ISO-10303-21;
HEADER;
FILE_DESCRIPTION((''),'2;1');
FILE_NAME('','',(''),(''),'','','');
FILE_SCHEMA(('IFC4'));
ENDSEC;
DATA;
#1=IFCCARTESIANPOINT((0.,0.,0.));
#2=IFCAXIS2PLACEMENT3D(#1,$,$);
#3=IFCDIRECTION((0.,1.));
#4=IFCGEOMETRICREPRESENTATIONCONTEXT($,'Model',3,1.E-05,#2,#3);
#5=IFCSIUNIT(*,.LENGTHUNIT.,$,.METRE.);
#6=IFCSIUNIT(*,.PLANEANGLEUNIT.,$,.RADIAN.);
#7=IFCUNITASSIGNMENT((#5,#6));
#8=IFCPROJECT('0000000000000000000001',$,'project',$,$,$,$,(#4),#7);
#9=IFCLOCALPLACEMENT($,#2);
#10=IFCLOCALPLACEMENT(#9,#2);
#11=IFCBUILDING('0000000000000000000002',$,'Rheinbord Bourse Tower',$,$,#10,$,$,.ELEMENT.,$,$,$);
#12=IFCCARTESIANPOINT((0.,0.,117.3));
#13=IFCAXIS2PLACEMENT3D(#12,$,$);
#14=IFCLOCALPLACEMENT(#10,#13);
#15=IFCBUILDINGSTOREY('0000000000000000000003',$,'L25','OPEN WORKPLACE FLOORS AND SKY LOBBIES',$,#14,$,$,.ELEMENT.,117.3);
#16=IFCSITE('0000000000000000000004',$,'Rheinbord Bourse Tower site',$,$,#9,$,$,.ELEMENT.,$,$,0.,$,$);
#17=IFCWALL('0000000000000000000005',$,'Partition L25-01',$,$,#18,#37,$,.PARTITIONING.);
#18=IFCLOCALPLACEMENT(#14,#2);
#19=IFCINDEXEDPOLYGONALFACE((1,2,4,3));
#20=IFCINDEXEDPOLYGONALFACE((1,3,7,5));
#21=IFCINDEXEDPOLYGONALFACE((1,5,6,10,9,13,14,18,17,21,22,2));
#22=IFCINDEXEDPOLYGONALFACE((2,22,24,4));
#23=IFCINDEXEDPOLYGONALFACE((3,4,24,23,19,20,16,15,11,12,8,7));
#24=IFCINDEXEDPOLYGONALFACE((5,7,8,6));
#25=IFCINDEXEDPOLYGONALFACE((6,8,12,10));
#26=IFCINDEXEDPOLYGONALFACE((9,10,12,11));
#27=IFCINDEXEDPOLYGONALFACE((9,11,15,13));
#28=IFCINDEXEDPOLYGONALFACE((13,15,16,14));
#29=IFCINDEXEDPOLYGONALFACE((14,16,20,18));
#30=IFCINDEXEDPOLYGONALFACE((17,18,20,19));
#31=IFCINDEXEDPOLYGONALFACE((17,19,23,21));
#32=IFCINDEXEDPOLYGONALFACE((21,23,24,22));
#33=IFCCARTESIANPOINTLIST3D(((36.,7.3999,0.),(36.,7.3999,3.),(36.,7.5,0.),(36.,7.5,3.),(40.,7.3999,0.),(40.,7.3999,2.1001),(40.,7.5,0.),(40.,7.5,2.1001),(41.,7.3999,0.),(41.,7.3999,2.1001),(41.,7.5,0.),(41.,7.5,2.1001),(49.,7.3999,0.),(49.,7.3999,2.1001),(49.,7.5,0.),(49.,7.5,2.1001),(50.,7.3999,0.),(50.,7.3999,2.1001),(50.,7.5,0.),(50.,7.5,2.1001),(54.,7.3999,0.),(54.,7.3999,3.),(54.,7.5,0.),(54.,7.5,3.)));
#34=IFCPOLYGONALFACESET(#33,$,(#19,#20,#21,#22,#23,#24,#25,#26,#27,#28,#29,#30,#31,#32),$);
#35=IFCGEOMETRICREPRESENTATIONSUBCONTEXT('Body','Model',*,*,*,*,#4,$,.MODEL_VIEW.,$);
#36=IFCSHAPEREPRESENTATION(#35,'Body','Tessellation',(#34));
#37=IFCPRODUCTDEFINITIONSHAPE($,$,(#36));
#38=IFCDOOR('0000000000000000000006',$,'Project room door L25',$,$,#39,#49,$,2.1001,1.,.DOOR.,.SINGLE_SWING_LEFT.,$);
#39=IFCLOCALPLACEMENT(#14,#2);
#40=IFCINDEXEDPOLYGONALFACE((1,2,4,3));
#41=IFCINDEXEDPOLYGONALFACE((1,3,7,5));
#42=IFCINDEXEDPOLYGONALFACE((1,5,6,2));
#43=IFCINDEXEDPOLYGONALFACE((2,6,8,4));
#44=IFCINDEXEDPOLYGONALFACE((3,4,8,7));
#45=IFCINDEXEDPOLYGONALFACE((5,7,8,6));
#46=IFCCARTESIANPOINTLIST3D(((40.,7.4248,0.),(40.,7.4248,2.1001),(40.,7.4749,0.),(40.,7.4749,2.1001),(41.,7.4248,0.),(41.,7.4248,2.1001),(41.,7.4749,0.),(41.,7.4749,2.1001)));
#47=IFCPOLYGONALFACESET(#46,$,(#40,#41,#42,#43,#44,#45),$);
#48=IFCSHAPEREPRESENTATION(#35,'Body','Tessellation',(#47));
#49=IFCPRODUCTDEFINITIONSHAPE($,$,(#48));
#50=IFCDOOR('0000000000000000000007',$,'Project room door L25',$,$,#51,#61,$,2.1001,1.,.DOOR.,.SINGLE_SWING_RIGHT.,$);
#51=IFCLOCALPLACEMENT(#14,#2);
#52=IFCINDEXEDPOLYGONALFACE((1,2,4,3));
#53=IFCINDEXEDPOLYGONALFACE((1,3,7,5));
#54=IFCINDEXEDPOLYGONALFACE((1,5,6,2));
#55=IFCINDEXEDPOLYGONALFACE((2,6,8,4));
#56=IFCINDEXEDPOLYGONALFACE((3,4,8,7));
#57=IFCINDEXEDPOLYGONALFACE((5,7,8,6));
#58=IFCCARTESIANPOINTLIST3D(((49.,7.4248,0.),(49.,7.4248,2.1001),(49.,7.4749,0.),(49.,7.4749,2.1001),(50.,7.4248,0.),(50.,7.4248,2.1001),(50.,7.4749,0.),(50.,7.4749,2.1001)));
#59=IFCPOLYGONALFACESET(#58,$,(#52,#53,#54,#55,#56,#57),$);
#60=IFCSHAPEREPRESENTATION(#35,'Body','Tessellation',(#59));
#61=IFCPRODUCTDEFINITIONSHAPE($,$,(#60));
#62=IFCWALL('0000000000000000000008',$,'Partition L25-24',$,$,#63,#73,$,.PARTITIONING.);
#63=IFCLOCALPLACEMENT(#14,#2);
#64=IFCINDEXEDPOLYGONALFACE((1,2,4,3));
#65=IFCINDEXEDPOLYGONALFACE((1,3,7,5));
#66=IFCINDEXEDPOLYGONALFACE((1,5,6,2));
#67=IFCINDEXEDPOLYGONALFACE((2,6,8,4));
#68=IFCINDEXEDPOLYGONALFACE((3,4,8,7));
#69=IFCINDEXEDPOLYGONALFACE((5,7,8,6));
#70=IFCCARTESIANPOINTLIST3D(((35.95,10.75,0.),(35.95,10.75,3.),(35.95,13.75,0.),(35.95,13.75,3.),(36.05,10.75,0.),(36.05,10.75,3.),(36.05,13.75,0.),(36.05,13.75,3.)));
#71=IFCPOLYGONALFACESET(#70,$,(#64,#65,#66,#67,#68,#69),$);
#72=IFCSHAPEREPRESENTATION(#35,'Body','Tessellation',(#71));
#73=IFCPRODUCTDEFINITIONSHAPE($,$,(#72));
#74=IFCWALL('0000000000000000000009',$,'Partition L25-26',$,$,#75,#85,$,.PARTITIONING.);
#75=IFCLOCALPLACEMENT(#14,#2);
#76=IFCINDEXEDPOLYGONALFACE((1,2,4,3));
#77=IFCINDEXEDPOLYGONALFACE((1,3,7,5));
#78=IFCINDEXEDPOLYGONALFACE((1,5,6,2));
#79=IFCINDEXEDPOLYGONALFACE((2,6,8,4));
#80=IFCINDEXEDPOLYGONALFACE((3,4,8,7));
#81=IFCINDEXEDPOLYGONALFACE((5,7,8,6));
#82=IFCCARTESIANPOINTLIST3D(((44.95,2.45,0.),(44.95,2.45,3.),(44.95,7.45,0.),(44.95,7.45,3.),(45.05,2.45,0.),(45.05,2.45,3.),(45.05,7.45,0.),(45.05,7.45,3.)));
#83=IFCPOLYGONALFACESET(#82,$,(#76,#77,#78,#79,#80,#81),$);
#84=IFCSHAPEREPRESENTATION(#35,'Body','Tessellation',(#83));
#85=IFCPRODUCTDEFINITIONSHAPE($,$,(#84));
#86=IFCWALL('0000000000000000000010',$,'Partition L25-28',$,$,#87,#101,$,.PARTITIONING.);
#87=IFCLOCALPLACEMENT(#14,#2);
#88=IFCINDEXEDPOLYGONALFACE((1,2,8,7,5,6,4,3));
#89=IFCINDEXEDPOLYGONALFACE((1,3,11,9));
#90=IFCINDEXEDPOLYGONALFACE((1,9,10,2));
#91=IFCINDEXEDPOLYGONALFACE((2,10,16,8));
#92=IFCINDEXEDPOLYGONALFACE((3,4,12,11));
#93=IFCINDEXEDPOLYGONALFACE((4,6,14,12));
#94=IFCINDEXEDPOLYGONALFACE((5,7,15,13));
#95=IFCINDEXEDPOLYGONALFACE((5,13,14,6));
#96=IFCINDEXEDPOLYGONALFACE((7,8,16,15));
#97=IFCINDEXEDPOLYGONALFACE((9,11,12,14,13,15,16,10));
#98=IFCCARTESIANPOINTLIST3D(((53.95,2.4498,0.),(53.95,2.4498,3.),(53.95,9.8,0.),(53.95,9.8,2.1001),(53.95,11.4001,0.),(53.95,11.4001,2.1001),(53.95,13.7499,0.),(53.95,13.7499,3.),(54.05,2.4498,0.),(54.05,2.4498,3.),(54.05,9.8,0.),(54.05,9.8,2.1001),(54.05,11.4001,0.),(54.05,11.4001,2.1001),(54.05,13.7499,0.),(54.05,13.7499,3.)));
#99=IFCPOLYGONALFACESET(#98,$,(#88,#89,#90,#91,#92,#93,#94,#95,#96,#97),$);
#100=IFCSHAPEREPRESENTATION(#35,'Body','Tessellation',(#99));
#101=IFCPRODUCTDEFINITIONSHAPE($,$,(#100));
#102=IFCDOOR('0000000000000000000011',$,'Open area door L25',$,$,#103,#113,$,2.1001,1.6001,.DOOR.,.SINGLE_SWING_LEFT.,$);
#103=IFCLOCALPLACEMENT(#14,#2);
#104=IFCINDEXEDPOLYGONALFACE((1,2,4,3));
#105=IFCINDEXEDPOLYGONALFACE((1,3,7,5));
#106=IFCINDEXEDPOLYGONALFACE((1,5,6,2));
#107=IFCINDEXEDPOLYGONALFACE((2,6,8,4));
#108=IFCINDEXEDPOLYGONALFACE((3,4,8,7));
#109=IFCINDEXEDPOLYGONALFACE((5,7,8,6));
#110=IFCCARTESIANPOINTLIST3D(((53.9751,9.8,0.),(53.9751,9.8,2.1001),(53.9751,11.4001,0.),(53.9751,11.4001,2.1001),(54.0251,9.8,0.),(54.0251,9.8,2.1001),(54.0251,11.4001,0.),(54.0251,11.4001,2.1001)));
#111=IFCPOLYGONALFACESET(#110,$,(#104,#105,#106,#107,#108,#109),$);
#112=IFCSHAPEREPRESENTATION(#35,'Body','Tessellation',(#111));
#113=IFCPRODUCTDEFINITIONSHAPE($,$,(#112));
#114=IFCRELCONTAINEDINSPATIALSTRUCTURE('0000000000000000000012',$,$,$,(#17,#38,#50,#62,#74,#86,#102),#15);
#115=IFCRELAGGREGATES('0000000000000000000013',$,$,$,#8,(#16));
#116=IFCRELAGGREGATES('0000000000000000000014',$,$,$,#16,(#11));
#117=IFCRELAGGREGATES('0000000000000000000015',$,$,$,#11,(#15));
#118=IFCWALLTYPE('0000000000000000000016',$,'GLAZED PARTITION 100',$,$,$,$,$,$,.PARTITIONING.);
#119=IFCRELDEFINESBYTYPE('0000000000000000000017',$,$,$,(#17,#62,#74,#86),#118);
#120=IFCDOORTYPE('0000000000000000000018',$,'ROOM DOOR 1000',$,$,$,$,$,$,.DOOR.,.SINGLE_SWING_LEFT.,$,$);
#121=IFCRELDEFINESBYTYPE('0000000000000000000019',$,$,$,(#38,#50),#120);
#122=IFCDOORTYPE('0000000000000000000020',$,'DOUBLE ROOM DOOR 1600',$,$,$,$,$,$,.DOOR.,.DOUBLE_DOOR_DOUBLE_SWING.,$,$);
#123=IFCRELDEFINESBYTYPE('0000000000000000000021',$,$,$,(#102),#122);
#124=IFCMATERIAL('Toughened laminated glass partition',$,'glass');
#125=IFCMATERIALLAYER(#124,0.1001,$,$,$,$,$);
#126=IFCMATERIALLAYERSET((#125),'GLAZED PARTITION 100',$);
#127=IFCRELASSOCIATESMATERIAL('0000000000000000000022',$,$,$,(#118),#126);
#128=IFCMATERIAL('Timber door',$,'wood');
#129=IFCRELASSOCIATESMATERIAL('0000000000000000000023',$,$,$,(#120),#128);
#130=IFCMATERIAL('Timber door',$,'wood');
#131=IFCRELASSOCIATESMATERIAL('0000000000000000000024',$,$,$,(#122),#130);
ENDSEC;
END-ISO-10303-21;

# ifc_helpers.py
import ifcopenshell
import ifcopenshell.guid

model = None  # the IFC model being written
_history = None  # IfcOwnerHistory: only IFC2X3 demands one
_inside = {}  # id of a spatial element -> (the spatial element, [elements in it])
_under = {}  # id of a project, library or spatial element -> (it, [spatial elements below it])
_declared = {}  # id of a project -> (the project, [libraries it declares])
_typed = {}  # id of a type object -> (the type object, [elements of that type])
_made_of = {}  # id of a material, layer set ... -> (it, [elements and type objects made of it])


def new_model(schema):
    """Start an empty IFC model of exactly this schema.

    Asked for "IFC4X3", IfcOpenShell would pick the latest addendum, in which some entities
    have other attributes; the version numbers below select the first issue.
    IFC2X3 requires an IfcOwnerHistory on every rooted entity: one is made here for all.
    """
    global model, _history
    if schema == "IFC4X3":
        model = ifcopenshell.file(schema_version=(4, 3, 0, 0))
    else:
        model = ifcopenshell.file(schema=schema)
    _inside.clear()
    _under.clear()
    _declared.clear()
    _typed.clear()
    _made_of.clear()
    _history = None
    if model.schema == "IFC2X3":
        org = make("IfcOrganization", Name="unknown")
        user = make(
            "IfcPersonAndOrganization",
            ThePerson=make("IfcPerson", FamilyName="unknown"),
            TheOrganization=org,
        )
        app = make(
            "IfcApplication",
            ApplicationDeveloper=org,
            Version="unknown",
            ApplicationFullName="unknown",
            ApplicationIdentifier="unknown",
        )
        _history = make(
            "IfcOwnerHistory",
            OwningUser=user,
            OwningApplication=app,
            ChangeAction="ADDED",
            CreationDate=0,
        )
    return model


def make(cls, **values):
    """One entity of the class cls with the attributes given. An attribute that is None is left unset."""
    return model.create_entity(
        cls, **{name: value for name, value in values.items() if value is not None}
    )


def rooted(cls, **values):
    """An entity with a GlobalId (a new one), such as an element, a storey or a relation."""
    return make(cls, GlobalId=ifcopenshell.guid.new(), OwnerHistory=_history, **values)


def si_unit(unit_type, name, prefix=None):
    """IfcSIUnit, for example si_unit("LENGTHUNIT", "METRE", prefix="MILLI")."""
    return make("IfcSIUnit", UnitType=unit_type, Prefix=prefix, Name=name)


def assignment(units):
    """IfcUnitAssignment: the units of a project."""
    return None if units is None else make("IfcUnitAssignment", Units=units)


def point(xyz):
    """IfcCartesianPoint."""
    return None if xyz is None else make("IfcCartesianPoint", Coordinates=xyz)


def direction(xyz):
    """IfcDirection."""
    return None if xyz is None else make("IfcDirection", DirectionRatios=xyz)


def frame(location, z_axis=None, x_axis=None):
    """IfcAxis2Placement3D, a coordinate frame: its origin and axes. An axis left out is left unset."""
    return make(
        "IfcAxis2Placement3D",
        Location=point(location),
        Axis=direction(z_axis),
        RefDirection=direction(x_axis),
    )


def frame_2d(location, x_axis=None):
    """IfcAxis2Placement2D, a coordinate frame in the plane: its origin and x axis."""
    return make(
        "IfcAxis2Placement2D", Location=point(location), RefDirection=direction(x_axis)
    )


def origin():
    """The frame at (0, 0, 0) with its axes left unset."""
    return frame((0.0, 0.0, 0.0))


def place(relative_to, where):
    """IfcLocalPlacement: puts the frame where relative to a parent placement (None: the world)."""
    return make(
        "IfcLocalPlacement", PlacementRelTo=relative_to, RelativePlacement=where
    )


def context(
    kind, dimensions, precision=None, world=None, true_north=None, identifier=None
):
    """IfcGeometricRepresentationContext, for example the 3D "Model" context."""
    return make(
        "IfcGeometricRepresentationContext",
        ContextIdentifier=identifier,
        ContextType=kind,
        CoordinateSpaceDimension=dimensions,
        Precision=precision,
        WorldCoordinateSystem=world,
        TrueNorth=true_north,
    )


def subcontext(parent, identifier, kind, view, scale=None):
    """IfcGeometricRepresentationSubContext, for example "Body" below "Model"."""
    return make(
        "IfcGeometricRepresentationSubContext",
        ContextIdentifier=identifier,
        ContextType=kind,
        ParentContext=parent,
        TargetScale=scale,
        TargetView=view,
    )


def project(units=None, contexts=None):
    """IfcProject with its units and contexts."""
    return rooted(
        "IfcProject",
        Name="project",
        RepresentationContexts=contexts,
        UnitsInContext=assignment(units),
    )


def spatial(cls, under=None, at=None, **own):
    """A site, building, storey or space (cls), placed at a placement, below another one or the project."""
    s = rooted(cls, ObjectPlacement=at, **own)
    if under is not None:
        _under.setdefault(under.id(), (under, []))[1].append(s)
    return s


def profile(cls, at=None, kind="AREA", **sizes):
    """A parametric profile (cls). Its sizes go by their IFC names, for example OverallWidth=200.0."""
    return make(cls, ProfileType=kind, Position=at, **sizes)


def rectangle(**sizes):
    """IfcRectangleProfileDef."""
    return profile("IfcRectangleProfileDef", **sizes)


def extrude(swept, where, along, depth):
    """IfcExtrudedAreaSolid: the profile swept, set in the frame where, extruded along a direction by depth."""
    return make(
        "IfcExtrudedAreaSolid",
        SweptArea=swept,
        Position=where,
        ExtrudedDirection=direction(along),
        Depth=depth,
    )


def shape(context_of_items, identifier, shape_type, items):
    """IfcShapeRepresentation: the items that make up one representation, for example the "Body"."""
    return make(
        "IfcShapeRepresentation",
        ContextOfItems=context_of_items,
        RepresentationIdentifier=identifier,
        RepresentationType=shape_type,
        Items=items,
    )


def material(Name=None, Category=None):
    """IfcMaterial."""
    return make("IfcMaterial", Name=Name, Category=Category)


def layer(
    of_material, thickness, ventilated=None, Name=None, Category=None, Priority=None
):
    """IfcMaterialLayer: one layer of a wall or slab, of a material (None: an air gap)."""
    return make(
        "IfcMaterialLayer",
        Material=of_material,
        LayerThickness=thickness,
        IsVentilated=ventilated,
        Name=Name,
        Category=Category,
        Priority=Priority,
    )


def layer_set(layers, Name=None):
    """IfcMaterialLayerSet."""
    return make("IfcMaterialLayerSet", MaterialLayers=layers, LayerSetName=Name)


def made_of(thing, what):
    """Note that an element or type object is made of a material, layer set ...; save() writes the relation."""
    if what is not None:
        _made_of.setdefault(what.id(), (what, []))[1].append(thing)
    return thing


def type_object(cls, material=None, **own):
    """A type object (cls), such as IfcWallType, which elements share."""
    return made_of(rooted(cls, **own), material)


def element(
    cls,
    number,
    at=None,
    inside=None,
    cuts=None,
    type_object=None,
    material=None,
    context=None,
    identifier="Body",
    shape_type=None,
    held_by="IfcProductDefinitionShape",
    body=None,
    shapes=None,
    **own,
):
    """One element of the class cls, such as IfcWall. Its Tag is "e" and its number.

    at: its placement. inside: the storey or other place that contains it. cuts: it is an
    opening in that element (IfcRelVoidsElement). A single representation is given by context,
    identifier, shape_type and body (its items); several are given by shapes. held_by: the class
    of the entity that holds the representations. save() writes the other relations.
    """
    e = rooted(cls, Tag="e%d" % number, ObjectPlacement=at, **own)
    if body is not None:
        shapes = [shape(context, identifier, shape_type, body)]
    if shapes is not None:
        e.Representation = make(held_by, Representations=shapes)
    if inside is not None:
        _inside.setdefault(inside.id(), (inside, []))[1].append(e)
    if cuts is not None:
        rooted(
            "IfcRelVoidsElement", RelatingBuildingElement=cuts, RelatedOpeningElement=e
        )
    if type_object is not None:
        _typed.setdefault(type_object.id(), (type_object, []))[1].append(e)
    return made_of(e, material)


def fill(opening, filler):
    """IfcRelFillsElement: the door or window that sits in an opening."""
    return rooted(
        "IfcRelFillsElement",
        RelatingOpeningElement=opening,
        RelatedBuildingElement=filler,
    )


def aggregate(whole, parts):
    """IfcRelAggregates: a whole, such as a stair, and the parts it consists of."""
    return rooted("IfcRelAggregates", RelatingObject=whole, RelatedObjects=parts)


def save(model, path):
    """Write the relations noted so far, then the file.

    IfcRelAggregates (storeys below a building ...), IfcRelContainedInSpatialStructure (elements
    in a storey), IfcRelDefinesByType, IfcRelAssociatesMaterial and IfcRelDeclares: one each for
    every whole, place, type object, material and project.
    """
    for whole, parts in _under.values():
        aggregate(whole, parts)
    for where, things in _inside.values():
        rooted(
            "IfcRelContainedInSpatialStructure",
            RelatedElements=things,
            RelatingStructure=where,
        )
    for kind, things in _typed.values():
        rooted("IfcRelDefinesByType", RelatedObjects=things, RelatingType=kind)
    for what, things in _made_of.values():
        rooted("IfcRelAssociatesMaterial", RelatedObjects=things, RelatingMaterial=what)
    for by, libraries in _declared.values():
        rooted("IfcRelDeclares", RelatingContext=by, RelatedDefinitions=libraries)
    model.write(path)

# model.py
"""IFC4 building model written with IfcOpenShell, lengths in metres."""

from ifc_helpers import new_model, si_unit, direction, frame, frame_2d, origin, place, context, subcontext, project, spatial, rectangle, extrude, material, layer, layer_set, type_object, element, fill, save


model = new_model("IFC4")

# Units and contexts
model_context = context("Model", 3, precision=1e-05, world=origin(), true_north=direction((0.0, 1.0)))
body_context = subcontext(model_context, "Body", "Model", "MODEL_VIEW")
ifc_project = project(units=[si_unit("LENGTHUNIT", "METRE"), si_unit("PLANEANGLEUNIT", "RADIAN")], contexts=[model_context])

# Site, building, storey
site_placement = place(None, origin())
site = spatial("IfcSite", under=ifc_project, at=site_placement, Name="Rheinbord Bourse Tower site", CompositionType="ELEMENT", RefElevation=0.0)
building_placement = place(site_placement, origin())
building = spatial("IfcBuilding", under=site, at=building_placement, Name="Rheinbord Bourse Tower", CompositionType="ELEMENT")
storey_placement = place(building_placement, frame((0.0, 0.0, 117.3)))
storey = spatial("IfcBuildingStorey", under=building, at=storey_placement, Name="L25", Description="OPEN WORKPLACE FLOORS AND SKY LOBBIES", CompositionType="ELEMENT", Elevation=117.3)

# Wall, openings, doors
ifc_material_1 = material(Name="Toughened laminated glass partition", Category="glass")
ifc_layer_1 = layer(ifc_material_1, 0.1001)
ifc_layer_set_1 = layer_set([ifc_layer_1], Name="GLAZED PARTITION 100")
wall_type_1 = type_object("IfcWallType", Name="GLAZED PARTITION 100", PredefinedType="PARTITIONING", material=ifc_layer_set_1)
wall_1_placement = place(storey_placement, frame((36.0, 7.45, 0.0), z_axis=(0.0, 0.0, 1.0), x_axis=(1.0, 0.0, 0.0)))
wall_1 = element("IfcWall", 1, at=wall_1_placement, inside=storey, type_object=wall_type_1, Name="Partition L25-01", PredefinedType="PARTITIONING", context=body_context, shape_type="SweptSolid", body=[
    extrude(rectangle(XDim=18.0, YDim=0.1001, at=frame_2d((9.0, 0.0))), origin(), (0.0, 0.0, 1.0), 3.0),
])
opening_1_placement = place(wall_1_placement, frame((4.0, 0.0, 0.0)))
opening_1 = element("IfcOpeningElement", 2, at=opening_1_placement, cuts=wall_1, PredefinedType="OPENING", context=body_context, shape_type="SweptSolid", body=[
    extrude(rectangle(XDim=1.0, YDim=2.1001, at=frame_2d((0.5, 1.05))), frame((0.0, 0.0601, 0.0), z_axis=(0.0, -1.0, 0.0), x_axis=(1.0, 0.0, 0.0)), (0.0, 0.0, 1.0), 0.1201),
])
opening_2_placement = place(wall_1_placement, frame((13.0, 0.0, 0.0)))
opening_2 = element("IfcOpeningElement", 3, at=opening_2_placement, cuts=wall_1, PredefinedType="OPENING", context=body_context, shape_type="SweptSolid", body=[
    extrude(rectangle(XDim=1.0, YDim=2.1001, at=frame_2d((0.5, 1.05))), frame((0.0, 0.0601, 0.0), z_axis=(0.0, -1.0, 0.0), x_axis=(1.0, 0.0, 0.0)), (0.0, 0.0, 1.0), 0.1201),
])
ifc_material_2 = material(Name="Timber door", Category="wood")
door_type_1 = type_object("IfcDoorType", Name="ROOM DOOR 1000", OperationType="SINGLE_SWING_LEFT", PredefinedType="DOOR", material=ifc_material_2)
door_1_placement = place(opening_1_placement, origin())
door_1 = element("IfcDoor", 4, at=door_1_placement, inside=storey, type_object=door_type_1, Name="Project room door L25", OperationType="SINGLE_SWING_LEFT", OverallHeight=2.1001, OverallWidth=1.0, PredefinedType="DOOR", context=body_context, shape_type="SweptSolid", body=[
    extrude(rectangle(XDim=1.0, YDim=2.1001, at=frame_2d((0.5, 1.05))), frame((0.0, 0.0249, 0.0), z_axis=(0.0, -1.0, 0.0), x_axis=(1.0, 0.0, 0.0)), (0.0, 0.0, 1.0), 0.05),
])
fill(opening_1, door_1)
door_2_placement = place(opening_2_placement, origin())
door_2 = element("IfcDoor", 5, at=door_2_placement, inside=storey, type_object=door_type_1, Name="Project room door L25", OperationType="SINGLE_SWING_RIGHT", OverallHeight=2.1001, OverallWidth=1.0, PredefinedType="DOOR", context=body_context, shape_type="SweptSolid", body=[
    extrude(rectangle(XDim=1.0, YDim=2.1001, at=frame_2d((0.5, 1.05))), frame((0.0, 0.0249, 0.0), z_axis=(0.0, -1.0, 0.0), x_axis=(1.0, 0.0, 0.0)), (0.0, 0.0, 1.0), 0.05),
])
fill(opening_2, door_2)

# Walls
wall_2_placement = place(storey_placement, frame((36.0, 10.75, 0.0), z_axis=(0.0, 0.0, 1.0), x_axis=(0.0, 1.0, 0.0)))
element("IfcWall", 6, at=wall_2_placement, inside=storey, type_object=wall_type_1, Name="Partition L25-24", PredefinedType="PARTITIONING", context=body_context, shape_type="SweptSolid", body=[
    extrude(rectangle(XDim=3.0, YDim=0.1001, at=frame_2d((1.5, 0.0))), origin(), (0.0, 0.0, 1.0), 3.0),
])
wall_3_placement = place(storey_placement, frame((45.0, 2.45, 0.0), z_axis=(0.0, 0.0, 1.0), x_axis=(0.0, 1.0, 0.0)))
element("IfcWall", 7, at=wall_3_placement, inside=storey, type_object=wall_type_1, Name="Partition L25-26", PredefinedType="PARTITIONING", context=body_context, shape_type="SweptSolid", body=[
    extrude(rectangle(XDim=5.0, YDim=0.1001, at=frame_2d((2.5, 0.0))), origin(), (0.0, 0.0, 1.0), 3.0),
])

# Wall, opening, door
wall_4_placement = place(storey_placement, frame((54.0, 2.45, 0.0), z_axis=(0.0, 0.0, 1.0), x_axis=(0.0, 1.0, 0.0)))
wall_4 = element("IfcWall", 8, at=wall_4_placement, inside=storey, type_object=wall_type_1, Name="Partition L25-28", PredefinedType="PARTITIONING", context=body_context, shape_type="SweptSolid", body=[
    extrude(rectangle(XDim=11.3, YDim=0.1001, at=frame_2d((5.6499, 0.0))), origin(), (0.0, 0.0, 1.0), 3.0),
])
opening_3_placement = place(wall_4_placement, frame((7.3501, 0.0, 0.0)))
opening_3 = element("IfcOpeningElement", 9, at=opening_3_placement, cuts=wall_4, PredefinedType="OPENING", context=body_context, shape_type="SweptSolid", body=[
    extrude(rectangle(XDim=1.6001, YDim=2.1001, at=frame_2d((0.8, 1.05))), frame((0.0, 0.0601, 0.0), z_axis=(0.0, -1.0, 0.0), x_axis=(1.0, 0.0, 0.0)), (0.0, 0.0, 1.0), 0.1201),
])
ifc_material_3 = material(Name="Timber door", Category="wood")
door_type_2 = type_object("IfcDoorType", Name="DOUBLE ROOM DOOR 1600", OperationType="DOUBLE_DOOR_DOUBLE_SWING", PredefinedType="DOOR", material=ifc_material_3)
door_3_placement = place(opening_3_placement, origin())
door_3 = element("IfcDoor", 10, at=door_3_placement, inside=storey, type_object=door_type_2, Name="Open area door L25", OperationType="SINGLE_SWING_LEFT", OverallHeight=2.1001, OverallWidth=1.6001, PredefinedType="DOOR", context=body_context, shape_type="SweptSolid", body=[
    extrude(rectangle(XDim=1.6001, YDim=2.1001, at=frame_2d((0.8, 1.05))), frame((0.0, 0.0249, 0.0), z_axis=(0.0, -1.0, 0.0), x_axis=(1.0, 0.0, 0.0)), (0.0, 0.0, 1.0), 0.05),
])
fill(opening_3, door_3)

save(model, "model.ifc")
